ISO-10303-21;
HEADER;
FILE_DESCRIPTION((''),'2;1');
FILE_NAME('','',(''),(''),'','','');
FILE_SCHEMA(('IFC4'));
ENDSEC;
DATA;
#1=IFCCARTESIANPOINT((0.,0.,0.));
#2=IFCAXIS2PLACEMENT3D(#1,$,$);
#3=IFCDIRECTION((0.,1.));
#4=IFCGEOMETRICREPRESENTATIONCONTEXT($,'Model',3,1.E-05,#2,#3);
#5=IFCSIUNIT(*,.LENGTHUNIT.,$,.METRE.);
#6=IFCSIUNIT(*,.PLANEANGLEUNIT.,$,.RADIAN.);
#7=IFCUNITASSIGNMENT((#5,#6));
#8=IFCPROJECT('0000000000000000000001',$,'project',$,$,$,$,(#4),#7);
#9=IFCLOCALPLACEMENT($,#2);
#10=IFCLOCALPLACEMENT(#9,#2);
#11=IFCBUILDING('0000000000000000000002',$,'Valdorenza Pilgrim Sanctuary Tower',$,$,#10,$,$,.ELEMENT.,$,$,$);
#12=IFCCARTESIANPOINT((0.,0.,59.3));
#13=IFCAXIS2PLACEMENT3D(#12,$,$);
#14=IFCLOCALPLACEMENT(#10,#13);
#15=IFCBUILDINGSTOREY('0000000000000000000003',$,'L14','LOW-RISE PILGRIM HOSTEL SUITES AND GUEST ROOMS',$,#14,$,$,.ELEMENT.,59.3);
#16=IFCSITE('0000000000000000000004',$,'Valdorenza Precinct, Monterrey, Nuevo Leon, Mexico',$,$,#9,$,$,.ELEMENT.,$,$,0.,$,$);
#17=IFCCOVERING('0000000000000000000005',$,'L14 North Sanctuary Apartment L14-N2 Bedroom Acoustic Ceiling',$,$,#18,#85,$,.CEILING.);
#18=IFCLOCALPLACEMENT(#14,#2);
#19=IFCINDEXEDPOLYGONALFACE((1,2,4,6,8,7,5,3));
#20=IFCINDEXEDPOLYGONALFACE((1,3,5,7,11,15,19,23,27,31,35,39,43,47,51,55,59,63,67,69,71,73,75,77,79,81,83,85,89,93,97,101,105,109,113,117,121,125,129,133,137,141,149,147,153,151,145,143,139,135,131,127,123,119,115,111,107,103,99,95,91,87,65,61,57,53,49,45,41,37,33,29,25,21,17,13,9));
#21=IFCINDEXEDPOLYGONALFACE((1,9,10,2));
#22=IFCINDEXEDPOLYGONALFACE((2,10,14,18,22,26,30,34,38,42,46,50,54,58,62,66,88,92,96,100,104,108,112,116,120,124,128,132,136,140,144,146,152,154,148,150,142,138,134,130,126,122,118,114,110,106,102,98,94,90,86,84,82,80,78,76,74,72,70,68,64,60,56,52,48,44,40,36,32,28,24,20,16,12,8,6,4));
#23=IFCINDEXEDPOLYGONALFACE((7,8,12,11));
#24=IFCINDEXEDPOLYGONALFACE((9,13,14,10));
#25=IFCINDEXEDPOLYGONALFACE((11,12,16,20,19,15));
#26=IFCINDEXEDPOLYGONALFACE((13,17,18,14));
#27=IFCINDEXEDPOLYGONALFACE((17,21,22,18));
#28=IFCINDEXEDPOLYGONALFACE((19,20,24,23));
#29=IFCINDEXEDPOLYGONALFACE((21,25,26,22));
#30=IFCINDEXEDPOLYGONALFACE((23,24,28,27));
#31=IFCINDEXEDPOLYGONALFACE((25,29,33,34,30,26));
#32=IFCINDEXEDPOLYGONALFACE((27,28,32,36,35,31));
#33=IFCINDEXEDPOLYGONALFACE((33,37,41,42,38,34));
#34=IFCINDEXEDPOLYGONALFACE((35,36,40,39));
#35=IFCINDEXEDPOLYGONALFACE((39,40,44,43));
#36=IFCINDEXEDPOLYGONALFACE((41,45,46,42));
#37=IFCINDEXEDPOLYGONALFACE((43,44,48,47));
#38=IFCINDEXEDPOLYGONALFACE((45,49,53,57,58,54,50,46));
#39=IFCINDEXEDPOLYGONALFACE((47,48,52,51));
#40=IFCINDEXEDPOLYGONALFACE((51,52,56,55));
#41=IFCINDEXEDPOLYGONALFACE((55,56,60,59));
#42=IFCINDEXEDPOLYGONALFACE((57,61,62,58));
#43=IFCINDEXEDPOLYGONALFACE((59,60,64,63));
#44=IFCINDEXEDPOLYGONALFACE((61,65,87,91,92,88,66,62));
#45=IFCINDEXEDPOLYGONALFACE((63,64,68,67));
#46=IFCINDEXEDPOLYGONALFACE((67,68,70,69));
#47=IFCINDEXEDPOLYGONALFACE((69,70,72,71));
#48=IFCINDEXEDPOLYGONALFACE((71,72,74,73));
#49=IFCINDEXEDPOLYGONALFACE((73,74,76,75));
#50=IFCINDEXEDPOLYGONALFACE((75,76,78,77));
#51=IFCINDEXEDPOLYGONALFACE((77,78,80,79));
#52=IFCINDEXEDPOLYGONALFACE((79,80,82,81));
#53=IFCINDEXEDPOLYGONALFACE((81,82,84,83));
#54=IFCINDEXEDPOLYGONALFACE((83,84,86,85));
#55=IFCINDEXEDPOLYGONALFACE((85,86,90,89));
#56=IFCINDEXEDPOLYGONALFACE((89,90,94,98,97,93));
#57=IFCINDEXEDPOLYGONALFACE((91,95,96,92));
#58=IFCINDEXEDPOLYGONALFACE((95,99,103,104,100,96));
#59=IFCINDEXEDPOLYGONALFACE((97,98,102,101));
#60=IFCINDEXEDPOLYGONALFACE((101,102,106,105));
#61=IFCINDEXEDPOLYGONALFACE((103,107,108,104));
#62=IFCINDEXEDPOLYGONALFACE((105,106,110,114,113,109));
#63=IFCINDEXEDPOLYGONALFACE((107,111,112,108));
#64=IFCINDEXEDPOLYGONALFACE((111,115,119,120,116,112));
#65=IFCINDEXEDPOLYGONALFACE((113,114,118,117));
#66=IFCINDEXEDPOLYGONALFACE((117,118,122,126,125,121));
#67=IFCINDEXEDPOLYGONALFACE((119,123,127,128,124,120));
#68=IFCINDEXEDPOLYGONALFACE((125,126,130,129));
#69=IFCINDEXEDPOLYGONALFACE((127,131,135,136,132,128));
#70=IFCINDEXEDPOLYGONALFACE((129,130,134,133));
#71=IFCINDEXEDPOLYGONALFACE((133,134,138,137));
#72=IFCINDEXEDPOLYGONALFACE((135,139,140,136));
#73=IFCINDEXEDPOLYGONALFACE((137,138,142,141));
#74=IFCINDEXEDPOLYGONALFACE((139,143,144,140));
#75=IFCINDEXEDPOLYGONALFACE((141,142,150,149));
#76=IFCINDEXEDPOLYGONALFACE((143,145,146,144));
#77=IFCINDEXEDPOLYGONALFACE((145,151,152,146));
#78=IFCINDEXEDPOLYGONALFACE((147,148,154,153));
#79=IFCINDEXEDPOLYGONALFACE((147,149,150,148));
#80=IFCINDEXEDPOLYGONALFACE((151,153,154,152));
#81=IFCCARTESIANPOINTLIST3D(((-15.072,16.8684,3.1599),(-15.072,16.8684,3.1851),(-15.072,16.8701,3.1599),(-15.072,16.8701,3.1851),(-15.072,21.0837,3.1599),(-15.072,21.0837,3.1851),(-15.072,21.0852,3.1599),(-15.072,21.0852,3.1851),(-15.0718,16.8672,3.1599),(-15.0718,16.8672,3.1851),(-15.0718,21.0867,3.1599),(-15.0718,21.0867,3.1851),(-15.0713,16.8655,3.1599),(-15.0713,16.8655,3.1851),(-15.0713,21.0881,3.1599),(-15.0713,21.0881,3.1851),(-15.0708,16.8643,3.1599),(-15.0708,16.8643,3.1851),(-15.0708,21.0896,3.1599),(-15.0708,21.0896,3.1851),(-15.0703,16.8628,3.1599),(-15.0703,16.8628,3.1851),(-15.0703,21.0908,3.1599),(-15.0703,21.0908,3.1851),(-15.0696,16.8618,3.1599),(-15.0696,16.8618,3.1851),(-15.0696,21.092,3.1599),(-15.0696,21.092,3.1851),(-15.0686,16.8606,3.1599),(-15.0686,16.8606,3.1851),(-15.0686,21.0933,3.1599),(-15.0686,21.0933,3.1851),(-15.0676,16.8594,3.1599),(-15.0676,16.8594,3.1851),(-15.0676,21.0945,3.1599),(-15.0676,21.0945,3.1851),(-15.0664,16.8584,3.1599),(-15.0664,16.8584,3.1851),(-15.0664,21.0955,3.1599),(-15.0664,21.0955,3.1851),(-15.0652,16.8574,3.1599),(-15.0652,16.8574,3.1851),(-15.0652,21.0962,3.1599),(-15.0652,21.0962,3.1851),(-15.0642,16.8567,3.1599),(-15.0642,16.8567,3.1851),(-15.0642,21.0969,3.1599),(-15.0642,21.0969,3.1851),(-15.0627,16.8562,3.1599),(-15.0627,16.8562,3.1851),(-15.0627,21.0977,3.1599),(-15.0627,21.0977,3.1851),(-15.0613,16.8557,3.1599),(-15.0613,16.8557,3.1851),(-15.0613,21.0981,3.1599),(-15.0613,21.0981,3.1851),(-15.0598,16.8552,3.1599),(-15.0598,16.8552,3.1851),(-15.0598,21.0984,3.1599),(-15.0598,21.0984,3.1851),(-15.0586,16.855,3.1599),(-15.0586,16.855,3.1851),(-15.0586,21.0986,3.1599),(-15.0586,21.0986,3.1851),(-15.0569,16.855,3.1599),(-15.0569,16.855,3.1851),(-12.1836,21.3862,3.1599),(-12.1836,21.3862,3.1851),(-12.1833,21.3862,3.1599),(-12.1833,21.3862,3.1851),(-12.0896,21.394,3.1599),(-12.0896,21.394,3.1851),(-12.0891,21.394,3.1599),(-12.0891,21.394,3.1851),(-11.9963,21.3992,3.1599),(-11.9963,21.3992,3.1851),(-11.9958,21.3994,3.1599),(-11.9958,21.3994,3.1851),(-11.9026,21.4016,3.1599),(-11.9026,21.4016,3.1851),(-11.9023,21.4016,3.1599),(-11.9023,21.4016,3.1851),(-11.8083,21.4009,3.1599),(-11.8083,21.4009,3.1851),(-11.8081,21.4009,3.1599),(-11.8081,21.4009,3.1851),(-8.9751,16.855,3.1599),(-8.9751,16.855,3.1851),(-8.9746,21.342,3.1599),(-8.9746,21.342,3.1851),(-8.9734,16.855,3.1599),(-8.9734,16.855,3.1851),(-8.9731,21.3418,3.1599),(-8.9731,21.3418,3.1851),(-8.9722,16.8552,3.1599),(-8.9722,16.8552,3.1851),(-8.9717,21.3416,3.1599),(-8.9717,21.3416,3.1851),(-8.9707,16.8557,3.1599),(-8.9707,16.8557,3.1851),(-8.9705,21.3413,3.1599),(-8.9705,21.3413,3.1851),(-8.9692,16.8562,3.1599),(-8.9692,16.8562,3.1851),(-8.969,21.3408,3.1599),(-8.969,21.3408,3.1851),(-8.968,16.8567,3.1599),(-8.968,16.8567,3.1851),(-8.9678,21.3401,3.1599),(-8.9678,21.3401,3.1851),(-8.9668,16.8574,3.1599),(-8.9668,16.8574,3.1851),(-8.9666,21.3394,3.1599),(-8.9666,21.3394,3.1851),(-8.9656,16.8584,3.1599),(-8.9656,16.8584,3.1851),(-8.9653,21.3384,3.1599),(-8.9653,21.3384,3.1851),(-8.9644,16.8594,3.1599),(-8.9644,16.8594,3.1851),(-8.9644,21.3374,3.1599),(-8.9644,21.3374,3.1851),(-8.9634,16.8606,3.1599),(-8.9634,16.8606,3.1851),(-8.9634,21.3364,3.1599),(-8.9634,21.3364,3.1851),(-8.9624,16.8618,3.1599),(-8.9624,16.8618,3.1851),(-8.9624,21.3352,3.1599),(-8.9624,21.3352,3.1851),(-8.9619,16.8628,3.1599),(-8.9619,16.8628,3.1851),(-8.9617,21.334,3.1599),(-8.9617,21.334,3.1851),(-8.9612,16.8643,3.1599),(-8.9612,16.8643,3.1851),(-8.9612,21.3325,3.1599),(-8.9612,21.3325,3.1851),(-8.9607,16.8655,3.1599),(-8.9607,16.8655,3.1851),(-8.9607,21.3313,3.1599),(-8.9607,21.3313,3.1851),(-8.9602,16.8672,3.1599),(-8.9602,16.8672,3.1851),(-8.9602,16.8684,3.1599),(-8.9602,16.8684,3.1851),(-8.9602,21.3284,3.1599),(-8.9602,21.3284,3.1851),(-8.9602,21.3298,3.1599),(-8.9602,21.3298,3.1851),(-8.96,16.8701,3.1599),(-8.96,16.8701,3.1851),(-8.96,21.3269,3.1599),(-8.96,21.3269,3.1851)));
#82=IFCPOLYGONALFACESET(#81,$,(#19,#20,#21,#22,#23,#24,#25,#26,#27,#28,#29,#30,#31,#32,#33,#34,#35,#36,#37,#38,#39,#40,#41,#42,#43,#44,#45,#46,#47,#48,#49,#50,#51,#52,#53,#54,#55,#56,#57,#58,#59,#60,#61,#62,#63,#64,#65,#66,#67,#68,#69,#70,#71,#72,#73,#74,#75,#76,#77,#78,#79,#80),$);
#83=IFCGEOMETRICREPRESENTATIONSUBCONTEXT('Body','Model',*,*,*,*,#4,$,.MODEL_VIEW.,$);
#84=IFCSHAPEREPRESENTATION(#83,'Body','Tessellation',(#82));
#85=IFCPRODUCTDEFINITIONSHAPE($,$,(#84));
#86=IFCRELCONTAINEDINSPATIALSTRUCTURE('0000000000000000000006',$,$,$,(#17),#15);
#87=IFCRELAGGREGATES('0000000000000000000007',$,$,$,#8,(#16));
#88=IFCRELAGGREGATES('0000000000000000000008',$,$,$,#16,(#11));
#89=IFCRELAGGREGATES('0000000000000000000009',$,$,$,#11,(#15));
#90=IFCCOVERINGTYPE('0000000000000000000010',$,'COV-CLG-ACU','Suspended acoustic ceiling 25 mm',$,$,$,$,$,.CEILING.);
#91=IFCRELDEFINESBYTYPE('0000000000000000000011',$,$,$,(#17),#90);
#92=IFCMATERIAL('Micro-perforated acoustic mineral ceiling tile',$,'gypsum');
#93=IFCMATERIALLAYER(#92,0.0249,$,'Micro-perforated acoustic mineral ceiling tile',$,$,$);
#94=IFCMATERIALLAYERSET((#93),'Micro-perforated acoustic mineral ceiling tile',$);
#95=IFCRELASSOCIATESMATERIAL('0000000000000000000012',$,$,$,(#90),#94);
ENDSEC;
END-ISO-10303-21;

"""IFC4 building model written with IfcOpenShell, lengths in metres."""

from ifc_helpers import new_model, si_unit, direction, frame, origin, place, context, subcontext, project, spatial, polyline, outline, extrude, material, layer, layer_set, type_object, element, save


model = new_model("IFC4")

# Units and contexts
model_context = context("Model", 3, precision=1e-05, world=origin(), true_north=direction((0.0, 1.0)))
body_context = subcontext(model_context, "Body", "Model", "MODEL_VIEW")
ifc_project = project(units=[si_unit("LENGTHUNIT", "METRE"), si_unit("PLANEANGLEUNIT", "RADIAN")], contexts=[model_context])

# Site, building, storey
site_placement = place(None, origin())
site = spatial("IfcSite", under=ifc_project, at=site_placement, Name="Valdorenza Precinct, Monterrey, Nuevo Leon, Mexico", CompositionType="ELEMENT", RefElevation=0.0)
building_placement = place(site_placement, origin())
building = spatial("IfcBuilding", under=site, at=building_placement, Name="Valdorenza Pilgrim Sanctuary Tower", CompositionType="ELEMENT")
storey_placement = place(building_placement, frame((0.0, 0.0, 59.3)))
storey = spatial("IfcBuildingStorey", under=building, at=storey_placement, Name="L14", Description="LOW-RISE PILGRIM HOSTEL SUITES AND GUEST ROOMS", CompositionType="ELEMENT", Elevation=59.3)

# Covering
ifc_material_1 = material(Name="Micro-perforated acoustic mineral ceiling tile", Category="gypsum")
ifc_layer_1 = layer(ifc_material_1, 0.0249, Name="Micro-perforated acoustic mineral ceiling tile")
ifc_layer_set_1 = layer_set([ifc_layer_1], Name="Micro-perforated acoustic mineral ceiling tile")
covering_type_1 = type_object("IfcCoveringType", Name="COV-CLG-ACU", Description="Suspended acoustic ceiling 25 mm", PredefinedType="CEILING", material=ifc_layer_set_1)
covering_1_placement = place(storey_placement, frame((0.0, 0.0, 3.1599)))
element("IfcCovering", 1, at=covering_1_placement, inside=storey, type_object=covering_type_1, Name="L14 North Sanctuary Apartment L14-N2 Bedroom Acoustic Ceiling", PredefinedType="CEILING", context=body_context, shape_type="SweptSolid", body=[
    extrude(outline(polyline([(-15.0569, 16.855), (-15.0586, 16.855), (-15.0598, 16.8552), (-15.0613, 16.8557), (-15.0627, 16.8562), (-15.0642, 16.8567), (-15.0652, 16.8574), (-15.0664, 16.8584), (-15.0676, 16.8594), (-15.0686, 16.8606), (-15.0696, 16.8618), (-15.0703, 16.8628), (-15.0708, 16.8643), (-15.0713, 16.8655), (-15.0718, 16.8672), (-15.072, 16.8684), (-15.072, 16.8701), (-15.072, 21.0837), (-15.072, 21.0852), (-15.0718, 21.0867), (-15.0713, 21.0881), (-15.0708, 21.0896), (-15.0703, 21.0908), (-15.0696, 21.092), (-15.0686, 21.0933), (-15.0676, 21.0945), (-15.0664, 21.0955), (-15.0652, 21.0962), (-15.0642, 21.0969), (-15.0627, 21.0977), (-15.0613, 21.0981), (-15.0598, 21.0984), (-15.0586, 21.0986), (-12.1836, 21.3862), (-12.1833, 21.3862), (-12.0896, 21.394), (-12.0891, 21.394), (-11.9963, 21.3992), (-11.9958, 21.3994), (-11.9026, 21.4016), (-11.9023, 21.4016), (-11.8083, 21.4009), (-11.8081, 21.4009), (-8.9746, 21.342), (-8.9731, 21.3418), (-8.9717, 21.3416), (-8.9705, 21.3413), (-8.969, 21.3408), (-8.9678, 21.3401), (-8.9666, 21.3394), (-8.9653, 21.3384), (-8.9644, 21.3374), (-8.9634, 21.3364), (-8.9624, 21.3352), (-8.9617, 21.334), (-8.9612, 21.3325), (-8.9607, 21.3313), (-8.9602, 21.3298), (-8.9602, 21.3284), (-8.96, 21.3269), (-8.96, 16.8701), (-8.9602, 16.8684), (-8.9602, 16.8672), (-8.9607, 16.8655), (-8.9612, 16.8643), (-8.9619, 16.8628), (-8.9624, 16.8618), (-8.9634, 16.8606), (-8.9644, 16.8594), (-8.9656, 16.8584), (-8.9668, 16.8574), (-8.968, 16.8567), (-8.9692, 16.8562), (-8.9707, 16.8557), (-8.9722, 16.8552), (-8.9734, 16.855), (-8.9751, 16.855), (-15.0569, 16.855)])), origin(), (0.0, 0.0, 1.0), 0.0251),
])

save(model, "model.ifc")
